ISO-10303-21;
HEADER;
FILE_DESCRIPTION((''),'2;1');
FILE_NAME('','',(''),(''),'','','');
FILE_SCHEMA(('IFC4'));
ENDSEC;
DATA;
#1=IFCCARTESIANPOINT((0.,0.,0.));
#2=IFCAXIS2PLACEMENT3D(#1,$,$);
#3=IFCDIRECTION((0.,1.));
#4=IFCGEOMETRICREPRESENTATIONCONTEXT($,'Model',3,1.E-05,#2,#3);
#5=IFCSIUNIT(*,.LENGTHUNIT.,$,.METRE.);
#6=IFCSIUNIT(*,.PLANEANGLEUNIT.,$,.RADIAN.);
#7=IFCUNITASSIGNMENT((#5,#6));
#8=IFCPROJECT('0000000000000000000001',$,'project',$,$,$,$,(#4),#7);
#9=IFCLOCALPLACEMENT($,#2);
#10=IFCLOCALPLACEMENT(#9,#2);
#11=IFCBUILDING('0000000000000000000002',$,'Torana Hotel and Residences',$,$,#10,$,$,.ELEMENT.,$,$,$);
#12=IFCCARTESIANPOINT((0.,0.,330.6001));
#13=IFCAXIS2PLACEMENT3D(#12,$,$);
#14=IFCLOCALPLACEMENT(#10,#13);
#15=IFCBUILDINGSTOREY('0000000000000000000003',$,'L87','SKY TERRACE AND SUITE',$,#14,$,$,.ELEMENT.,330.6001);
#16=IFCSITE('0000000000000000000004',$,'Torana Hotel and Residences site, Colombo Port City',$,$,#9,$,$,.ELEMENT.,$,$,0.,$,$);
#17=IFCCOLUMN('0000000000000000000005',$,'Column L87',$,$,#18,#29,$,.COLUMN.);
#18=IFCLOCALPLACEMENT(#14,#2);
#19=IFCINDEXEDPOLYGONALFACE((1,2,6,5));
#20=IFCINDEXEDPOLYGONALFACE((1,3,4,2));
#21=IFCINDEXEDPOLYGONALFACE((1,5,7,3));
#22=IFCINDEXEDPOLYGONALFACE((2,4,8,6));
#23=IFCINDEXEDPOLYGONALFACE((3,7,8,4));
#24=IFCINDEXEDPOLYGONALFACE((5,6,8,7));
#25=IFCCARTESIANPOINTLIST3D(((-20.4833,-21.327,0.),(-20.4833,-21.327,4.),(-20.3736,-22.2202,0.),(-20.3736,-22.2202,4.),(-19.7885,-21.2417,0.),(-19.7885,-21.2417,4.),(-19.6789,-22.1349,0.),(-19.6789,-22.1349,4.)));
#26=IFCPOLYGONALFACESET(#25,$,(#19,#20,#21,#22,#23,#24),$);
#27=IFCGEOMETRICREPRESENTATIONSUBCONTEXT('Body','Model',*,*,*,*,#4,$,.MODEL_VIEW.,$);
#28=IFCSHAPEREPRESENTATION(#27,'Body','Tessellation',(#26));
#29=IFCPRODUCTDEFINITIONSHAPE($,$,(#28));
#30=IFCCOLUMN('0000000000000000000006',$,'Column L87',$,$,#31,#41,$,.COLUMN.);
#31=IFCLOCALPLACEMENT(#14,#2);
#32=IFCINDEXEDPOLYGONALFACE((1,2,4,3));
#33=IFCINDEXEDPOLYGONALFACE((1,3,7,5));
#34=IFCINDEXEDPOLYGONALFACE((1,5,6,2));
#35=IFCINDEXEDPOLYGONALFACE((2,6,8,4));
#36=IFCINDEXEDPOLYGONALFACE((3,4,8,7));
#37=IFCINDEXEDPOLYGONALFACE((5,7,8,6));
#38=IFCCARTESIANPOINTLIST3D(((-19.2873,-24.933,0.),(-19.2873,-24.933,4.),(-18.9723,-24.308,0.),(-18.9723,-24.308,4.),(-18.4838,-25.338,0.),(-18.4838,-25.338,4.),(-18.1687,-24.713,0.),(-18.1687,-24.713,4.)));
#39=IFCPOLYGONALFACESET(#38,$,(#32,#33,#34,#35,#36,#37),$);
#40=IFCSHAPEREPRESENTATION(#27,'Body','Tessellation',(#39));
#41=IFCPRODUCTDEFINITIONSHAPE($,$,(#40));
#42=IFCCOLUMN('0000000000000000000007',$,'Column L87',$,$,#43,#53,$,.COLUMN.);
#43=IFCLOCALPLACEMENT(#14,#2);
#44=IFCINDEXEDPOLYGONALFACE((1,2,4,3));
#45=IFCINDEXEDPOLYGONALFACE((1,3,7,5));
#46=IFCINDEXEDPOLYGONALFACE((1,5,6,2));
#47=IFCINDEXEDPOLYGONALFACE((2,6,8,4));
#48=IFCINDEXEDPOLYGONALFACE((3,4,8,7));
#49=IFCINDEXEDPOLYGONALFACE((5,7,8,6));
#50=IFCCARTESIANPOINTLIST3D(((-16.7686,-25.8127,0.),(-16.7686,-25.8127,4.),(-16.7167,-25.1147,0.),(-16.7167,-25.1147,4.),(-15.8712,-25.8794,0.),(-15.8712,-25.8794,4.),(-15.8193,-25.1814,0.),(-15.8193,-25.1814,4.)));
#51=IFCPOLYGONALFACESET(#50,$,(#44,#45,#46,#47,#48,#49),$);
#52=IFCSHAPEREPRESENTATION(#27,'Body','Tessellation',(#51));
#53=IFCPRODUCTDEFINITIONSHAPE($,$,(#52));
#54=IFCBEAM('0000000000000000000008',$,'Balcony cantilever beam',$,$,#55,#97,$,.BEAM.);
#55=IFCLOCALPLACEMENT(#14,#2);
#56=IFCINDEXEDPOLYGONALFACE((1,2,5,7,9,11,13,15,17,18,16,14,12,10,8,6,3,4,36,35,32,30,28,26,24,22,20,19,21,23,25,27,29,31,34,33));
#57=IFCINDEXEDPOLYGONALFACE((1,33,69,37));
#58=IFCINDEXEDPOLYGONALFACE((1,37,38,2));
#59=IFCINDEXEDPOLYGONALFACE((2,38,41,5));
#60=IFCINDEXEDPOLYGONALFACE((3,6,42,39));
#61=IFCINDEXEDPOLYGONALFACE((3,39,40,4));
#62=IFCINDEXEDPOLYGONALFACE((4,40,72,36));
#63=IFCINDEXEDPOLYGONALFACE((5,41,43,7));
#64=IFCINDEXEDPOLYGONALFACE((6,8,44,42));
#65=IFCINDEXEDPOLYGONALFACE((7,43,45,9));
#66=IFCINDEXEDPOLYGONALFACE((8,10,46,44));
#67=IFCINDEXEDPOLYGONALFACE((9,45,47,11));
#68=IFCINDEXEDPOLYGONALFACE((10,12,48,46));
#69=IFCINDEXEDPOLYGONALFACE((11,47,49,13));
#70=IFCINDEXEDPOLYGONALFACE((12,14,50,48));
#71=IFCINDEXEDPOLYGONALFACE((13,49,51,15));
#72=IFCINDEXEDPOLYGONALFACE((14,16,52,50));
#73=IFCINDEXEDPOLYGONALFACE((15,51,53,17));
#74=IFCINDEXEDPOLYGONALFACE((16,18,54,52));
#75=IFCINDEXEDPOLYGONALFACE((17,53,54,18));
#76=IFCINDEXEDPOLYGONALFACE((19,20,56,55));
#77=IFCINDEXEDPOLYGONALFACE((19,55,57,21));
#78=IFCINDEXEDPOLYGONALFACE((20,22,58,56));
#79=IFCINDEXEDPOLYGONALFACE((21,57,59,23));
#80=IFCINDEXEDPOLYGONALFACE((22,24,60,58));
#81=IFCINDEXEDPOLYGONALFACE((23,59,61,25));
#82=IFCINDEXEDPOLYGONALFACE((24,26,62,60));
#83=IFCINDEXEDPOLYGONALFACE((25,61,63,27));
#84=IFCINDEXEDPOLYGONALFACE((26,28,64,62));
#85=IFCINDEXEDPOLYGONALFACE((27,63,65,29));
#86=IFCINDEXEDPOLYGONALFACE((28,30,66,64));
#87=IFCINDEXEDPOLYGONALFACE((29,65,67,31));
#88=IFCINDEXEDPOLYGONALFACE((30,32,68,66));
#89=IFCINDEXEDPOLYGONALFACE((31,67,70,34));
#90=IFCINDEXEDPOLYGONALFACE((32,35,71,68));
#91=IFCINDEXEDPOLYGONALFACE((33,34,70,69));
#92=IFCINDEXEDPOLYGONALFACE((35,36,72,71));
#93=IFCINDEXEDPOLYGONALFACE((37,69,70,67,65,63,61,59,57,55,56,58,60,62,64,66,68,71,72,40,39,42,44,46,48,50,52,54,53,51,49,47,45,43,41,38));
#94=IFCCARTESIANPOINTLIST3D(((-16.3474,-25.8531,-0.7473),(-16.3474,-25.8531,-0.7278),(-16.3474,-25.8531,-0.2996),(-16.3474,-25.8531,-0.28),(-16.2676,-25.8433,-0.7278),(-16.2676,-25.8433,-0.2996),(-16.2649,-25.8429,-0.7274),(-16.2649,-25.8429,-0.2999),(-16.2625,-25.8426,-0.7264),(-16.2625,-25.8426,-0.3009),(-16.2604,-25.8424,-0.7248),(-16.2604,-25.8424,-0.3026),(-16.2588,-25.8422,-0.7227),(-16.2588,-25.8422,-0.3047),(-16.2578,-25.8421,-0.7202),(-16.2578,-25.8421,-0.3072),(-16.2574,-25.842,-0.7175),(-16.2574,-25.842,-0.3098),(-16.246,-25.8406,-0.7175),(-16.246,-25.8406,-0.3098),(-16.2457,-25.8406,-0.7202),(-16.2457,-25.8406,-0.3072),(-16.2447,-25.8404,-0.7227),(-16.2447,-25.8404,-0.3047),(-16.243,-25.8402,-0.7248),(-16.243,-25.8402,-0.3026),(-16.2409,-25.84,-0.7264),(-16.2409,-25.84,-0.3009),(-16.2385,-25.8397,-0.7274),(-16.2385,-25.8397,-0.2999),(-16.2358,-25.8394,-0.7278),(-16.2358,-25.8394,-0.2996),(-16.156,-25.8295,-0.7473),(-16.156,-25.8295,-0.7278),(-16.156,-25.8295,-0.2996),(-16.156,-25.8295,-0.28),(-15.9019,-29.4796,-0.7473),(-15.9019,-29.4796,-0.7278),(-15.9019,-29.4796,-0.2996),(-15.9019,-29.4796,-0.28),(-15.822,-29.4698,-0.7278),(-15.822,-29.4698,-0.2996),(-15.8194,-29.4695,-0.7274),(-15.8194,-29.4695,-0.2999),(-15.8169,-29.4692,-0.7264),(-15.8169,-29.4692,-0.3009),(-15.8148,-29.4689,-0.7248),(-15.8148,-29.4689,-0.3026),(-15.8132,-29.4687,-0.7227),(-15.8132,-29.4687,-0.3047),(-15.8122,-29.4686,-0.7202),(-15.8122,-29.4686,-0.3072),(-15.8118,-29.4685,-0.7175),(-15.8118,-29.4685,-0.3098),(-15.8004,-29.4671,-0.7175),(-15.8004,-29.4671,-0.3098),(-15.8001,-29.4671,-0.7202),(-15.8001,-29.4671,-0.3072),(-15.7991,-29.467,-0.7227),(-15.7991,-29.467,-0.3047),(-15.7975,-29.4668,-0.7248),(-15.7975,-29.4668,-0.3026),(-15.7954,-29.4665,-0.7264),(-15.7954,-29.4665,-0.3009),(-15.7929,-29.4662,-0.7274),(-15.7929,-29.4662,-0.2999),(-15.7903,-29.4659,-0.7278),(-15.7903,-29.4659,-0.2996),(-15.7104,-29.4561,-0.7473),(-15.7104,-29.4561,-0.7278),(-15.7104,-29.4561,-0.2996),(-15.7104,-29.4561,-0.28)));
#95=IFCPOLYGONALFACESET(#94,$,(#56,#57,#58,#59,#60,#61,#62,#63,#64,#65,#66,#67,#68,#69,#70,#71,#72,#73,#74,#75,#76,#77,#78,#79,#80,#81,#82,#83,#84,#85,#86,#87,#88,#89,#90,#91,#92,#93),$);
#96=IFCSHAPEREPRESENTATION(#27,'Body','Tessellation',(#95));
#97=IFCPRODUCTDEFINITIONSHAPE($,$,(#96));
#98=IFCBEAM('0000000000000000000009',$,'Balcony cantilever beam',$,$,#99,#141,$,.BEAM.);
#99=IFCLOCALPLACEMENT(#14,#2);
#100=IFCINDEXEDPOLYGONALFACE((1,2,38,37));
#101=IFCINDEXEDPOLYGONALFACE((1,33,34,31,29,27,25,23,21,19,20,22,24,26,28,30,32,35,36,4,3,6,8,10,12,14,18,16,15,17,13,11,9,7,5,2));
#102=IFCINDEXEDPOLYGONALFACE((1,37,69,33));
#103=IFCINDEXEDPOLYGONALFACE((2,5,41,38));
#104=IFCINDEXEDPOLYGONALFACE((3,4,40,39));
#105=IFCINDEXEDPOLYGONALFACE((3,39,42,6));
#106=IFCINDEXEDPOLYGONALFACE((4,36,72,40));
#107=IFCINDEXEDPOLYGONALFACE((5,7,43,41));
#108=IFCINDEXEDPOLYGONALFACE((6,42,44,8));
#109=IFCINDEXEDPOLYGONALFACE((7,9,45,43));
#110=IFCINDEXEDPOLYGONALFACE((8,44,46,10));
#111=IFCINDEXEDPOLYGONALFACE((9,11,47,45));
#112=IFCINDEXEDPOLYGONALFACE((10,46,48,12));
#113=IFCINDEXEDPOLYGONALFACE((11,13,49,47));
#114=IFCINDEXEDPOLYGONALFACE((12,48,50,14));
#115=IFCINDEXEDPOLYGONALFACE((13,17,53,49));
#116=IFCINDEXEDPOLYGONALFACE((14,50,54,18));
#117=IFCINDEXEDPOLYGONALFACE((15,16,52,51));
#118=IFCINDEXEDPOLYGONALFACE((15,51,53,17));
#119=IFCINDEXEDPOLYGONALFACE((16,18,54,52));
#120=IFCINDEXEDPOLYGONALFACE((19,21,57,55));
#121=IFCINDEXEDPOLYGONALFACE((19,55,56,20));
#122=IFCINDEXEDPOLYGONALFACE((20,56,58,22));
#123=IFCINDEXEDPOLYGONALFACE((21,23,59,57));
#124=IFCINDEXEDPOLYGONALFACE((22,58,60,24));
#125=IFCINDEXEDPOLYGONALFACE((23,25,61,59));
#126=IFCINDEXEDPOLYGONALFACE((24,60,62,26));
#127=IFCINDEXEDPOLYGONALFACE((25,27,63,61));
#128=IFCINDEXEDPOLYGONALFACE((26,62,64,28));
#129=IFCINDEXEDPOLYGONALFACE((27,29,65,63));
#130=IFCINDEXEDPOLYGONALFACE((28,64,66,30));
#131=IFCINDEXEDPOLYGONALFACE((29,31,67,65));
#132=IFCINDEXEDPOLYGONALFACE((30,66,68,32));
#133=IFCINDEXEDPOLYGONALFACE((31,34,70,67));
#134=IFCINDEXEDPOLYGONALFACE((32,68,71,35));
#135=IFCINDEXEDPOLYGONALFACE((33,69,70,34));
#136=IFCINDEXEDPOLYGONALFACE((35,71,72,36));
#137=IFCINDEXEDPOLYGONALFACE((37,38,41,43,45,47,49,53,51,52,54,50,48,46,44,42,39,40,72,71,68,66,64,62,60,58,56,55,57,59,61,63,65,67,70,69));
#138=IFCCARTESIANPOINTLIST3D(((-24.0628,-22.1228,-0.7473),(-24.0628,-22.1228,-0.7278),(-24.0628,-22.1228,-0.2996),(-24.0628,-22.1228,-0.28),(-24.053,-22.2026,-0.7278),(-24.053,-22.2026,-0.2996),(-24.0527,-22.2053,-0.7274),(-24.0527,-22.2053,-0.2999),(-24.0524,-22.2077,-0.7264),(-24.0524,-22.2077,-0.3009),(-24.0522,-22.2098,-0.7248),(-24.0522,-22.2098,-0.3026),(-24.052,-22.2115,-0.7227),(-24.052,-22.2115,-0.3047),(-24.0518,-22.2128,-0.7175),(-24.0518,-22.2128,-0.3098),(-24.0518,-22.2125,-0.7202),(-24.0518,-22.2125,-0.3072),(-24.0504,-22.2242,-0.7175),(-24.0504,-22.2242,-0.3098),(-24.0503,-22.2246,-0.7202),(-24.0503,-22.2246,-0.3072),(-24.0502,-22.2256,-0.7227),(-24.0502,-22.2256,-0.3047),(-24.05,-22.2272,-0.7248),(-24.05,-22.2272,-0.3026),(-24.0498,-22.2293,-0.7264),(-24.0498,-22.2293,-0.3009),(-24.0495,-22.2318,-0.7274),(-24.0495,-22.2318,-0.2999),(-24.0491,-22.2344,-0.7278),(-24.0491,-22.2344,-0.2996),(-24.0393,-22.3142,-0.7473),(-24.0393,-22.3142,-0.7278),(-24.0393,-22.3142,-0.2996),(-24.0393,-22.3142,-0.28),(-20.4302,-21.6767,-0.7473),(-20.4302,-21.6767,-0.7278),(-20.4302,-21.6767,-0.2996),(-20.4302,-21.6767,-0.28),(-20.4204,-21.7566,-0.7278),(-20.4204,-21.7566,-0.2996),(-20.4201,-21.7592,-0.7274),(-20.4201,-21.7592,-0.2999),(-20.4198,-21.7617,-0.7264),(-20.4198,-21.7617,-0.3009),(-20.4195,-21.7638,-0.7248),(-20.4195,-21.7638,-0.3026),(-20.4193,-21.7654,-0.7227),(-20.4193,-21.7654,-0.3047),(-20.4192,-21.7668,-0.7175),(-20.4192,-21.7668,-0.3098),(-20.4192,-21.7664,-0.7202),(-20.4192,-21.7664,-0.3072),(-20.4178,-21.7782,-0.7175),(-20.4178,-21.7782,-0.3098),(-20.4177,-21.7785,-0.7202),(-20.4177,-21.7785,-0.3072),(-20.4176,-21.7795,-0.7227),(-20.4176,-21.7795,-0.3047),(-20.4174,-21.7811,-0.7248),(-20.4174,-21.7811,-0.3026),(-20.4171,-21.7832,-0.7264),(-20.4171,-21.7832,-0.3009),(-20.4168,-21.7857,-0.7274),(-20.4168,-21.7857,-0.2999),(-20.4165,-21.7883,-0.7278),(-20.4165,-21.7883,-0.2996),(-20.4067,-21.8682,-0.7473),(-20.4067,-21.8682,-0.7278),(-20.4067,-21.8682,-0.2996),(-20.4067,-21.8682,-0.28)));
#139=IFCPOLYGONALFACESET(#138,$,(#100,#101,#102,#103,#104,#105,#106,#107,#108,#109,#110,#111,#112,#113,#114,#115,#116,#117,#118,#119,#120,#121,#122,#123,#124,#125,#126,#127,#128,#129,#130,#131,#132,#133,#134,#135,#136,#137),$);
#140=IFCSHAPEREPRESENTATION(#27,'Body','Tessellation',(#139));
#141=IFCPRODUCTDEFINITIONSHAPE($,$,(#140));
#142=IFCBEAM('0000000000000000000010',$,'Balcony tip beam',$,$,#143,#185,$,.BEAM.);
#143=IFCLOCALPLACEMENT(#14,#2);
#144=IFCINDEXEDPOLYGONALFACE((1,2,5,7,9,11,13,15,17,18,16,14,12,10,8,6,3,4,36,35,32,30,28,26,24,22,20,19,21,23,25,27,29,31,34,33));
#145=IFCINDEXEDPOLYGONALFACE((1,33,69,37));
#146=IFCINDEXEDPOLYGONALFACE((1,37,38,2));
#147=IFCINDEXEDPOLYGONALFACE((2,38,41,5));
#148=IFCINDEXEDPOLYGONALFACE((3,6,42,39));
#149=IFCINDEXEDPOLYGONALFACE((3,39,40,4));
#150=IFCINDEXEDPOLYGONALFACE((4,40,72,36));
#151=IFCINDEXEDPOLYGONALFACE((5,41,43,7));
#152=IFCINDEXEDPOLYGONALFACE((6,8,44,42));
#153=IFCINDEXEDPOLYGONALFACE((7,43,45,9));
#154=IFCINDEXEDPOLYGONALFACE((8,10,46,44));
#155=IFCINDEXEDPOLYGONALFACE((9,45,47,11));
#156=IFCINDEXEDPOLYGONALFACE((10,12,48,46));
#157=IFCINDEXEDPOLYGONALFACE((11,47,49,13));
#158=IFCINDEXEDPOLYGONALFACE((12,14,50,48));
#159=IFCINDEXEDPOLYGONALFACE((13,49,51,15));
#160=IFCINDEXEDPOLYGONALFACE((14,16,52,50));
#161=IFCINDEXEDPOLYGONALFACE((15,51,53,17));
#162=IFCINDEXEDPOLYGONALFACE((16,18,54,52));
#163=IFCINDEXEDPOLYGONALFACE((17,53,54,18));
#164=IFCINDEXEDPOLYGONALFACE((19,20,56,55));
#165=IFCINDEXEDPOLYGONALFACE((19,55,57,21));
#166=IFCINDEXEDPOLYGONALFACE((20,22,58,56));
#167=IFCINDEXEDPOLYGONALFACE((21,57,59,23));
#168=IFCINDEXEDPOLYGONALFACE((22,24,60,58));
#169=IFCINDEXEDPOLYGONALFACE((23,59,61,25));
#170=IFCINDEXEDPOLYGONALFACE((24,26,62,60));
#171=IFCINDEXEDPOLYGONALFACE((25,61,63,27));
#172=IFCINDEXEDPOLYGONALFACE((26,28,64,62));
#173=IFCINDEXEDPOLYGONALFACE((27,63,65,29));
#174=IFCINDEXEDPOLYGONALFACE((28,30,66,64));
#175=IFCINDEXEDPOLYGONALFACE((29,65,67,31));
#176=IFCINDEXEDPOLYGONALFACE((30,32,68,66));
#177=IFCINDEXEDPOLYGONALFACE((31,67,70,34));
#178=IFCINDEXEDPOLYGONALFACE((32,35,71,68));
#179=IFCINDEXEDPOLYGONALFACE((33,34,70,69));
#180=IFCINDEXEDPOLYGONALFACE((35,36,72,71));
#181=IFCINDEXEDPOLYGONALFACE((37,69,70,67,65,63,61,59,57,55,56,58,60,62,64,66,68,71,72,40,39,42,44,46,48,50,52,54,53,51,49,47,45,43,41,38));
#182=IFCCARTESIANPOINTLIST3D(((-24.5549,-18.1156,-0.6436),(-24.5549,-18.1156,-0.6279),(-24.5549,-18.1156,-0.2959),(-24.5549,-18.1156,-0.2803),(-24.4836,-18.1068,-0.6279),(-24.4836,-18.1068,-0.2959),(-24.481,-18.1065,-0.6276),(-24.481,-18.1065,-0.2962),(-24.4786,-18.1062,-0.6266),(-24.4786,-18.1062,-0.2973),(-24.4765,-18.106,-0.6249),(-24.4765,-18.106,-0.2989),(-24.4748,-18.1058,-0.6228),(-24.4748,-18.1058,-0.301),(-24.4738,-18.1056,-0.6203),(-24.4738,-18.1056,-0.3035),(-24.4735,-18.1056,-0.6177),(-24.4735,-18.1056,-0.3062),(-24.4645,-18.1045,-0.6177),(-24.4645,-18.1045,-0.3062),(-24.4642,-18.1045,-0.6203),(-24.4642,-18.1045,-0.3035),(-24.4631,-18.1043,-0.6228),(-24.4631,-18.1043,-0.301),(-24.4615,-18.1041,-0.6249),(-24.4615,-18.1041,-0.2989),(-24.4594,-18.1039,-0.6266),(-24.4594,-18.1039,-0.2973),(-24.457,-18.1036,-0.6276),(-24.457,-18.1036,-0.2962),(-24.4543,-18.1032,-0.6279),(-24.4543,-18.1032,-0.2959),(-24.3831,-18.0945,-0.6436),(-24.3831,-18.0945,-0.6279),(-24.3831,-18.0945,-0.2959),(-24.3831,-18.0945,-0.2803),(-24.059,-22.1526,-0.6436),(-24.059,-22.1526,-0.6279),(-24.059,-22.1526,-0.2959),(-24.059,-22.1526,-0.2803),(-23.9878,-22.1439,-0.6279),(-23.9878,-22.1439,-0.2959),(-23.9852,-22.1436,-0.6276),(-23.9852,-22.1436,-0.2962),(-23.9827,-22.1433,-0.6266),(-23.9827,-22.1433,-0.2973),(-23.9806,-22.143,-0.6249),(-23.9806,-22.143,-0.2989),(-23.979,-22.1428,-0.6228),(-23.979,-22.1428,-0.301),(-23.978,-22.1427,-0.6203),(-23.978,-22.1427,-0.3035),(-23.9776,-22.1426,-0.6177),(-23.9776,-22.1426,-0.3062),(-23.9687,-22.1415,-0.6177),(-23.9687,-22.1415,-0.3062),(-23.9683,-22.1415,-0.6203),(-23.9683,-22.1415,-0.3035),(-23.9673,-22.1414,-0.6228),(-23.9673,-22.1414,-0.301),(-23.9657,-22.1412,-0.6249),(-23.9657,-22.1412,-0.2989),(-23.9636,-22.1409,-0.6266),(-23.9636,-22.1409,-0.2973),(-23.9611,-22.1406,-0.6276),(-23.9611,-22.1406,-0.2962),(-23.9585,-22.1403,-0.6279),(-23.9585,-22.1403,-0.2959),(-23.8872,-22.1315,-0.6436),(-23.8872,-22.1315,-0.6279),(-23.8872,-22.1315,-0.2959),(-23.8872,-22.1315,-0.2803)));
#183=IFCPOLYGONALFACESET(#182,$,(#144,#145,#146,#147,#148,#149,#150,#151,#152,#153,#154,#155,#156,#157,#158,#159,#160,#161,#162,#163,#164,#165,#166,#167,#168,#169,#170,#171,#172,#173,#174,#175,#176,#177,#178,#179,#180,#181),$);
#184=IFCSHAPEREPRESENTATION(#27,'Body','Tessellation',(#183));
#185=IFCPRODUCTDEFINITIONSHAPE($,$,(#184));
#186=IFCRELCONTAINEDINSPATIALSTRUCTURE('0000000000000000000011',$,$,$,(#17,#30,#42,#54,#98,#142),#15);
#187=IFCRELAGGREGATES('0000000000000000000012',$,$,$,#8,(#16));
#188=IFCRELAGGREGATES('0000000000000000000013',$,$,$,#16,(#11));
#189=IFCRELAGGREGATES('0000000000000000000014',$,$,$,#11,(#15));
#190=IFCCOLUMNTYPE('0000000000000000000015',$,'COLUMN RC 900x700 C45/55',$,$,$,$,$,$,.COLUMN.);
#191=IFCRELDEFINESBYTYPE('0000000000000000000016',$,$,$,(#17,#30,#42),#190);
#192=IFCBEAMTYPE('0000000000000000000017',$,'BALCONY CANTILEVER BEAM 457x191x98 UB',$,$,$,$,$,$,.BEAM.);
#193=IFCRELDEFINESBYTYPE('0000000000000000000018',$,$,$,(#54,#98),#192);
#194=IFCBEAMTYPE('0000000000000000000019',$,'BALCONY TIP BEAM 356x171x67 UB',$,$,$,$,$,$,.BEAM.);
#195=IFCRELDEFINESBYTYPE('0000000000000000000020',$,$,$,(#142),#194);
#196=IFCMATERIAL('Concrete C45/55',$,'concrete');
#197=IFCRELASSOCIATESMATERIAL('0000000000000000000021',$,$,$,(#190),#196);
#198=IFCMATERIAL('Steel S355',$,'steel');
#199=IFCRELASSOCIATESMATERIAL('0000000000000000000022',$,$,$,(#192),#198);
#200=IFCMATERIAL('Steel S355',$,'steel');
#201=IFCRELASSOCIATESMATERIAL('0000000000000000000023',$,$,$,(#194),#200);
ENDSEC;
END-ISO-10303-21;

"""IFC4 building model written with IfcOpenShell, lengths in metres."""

from ifc_helpers import new_model, si_unit, direction, frame, origin, origin_2d, place, context, subcontext, project, spatial, rectangle, i_section, extrude, material, material_profile, profile_set, type_object, element, save


model = new_model("IFC4")

# Units and contexts
model_context = context("Model", 3, precision=1e-05, world=origin(), true_north=direction((0.0, 1.0)))
body_context = subcontext(model_context, "Body", "Model", "MODEL_VIEW")
ifc_project = project(units=[si_unit("LENGTHUNIT", "METRE"), si_unit("PLANEANGLEUNIT", "RADIAN")], contexts=[model_context])

# Site, building, storey
site_placement = place(None, origin())
site = spatial("IfcSite", under=ifc_project, at=site_placement, Name="Torana Hotel and Residences site, Colombo Port City", CompositionType="ELEMENT", RefElevation=0.0)
building_placement = place(site_placement, origin())
building = spatial("IfcBuilding", under=site, at=building_placement, Name="Torana Hotel and Residences", CompositionType="ELEMENT")
storey_placement = place(building_placement, frame((0.0, 0.0, 330.6001)))
storey = spatial("IfcBuildingStorey", under=building, at=storey_placement, Name="L87", Description="SKY TERRACE AND SUITE", CompositionType="ELEMENT", Elevation=330.6001)

# Columns
ifc_material_1 = material(Name="Concrete C45/55", Category="concrete")
ifc_material_profile_1 = material_profile(ifc_material_1, rectangle(XDim=0.8999, YDim=0.7, at=origin_2d()), Name="RC 900x700")
ifc_profile_set_1 = profile_set([ifc_material_profile_1], Name="Concrete C45/55")
column_type = type_object("IfcColumnType", Name="COLUMN RC 900x700 C45/55", PredefinedType="COLUMN", material=ifc_profile_set_1)
for number, where, z_axis, x_axis, name in (
    (1, (-20.0811, -21.731, 0.0), (0.0, 0.0, 1.0), (-0.121869, 0.992546, 0.0), "Column L87"),
    (2, (-18.728, -24.823, 0.0), (0.0, 0.0, 1.0), (-0.892979, 0.450098, 0.0), "Column L87"),
    (3, (-16.2939, -25.4971, 0.0), (0.0, 0.0, 1.0), (-0.997251, 0.074091, 0.0), "Column L87"),
):
    element("IfcColumn", number, at=place(storey_placement, frame(where, z_axis=z_axis, x_axis=x_axis)), inside=storey, type_object=column_type, Name=name, PredefinedType="COLUMN", context=body_context, shape_type="SweptSolid", body=[
        extrude(rectangle(XDim=0.8999, YDim=0.7, at=origin_2d()), origin(), (0.0, 0.0, 1.0), 4.0),
    ])

# Beams
ifc_material_2 = material(Name="Steel S355", Category="steel")
ifc_material_profile_2 = material_profile(ifc_material_2, i_section(OverallWidth=0.1929, OverallDepth=0.4673, WebThickness=0.0115, FlangeThickness=0.0195, FilletRadius=0.0103, at=origin_2d()), Name="457x191x98 UB")
ifc_profile_set_2 = profile_set([ifc_material_profile_2], Name="Steel S355")
beam_type_1 = type_object("IfcBeamType", Name="BALCONY CANTILEVER BEAM 457x191x98 UB", PredefinedType="BEAM", material=ifc_profile_set_2)
beam_1_placement = place(storey_placement, frame((-16.2517, -25.8413, -0.5137), z_axis=(0.121946, -0.992537, 0.0), x_axis=(0.992537, 0.121946, 0.0)))
element("IfcBeam", 4, at=beam_1_placement, inside=storey, type_object=beam_type_1, Name="Balcony cantilever beam", PredefinedType="BEAM", context=body_context, shape_type="SweptSolid", body=[
    extrude(i_section(OverallWidth=0.1929, OverallDepth=0.4673, WebThickness=0.0115, FlangeThickness=0.0195, FilletRadius=0.0103, at=origin_2d()), origin(), (0.0, 0.0, 1.0), 3.6538),
])
beam_2_placement = place(storey_placement, frame((-20.4185, -21.7725, -0.5137), z_axis=(-0.992545, -0.121875, 0.0), x_axis=(0.121875, -0.992545, 0.0)))
element("IfcBeam", 5, at=beam_2_placement, inside=storey, type_object=beam_type_1, Name="Balcony cantilever beam", PredefinedType="BEAM", context=body_context, shape_type="SweptSolid", body=[
    extrude(i_section(OverallWidth=0.1929, OverallDepth=0.4673, WebThickness=0.0115, FlangeThickness=0.0195, FilletRadius=0.0103, at=origin_2d()), origin(), (0.0, 0.0, 1.0), 3.6599),
])
ifc_material_3 = material(Name="Steel S355", Category="steel")
ifc_material_profile_3 = material_profile(ifc_material_3, i_section(OverallWidth=0.1731, OverallDepth=0.3633, WebThickness=0.009, FlangeThickness=0.0156, FilletRadius=0.0103, at=origin_2d()), Name="356x171x67 UB")
ifc_profile_set_3 = profile_set([ifc_material_profile_3], Name="Steel S355")
beam_type_2 = type_object("IfcBeamType", Name="BALCONY TIP BEAM 356x171x67 UB", PredefinedType="BEAM", material=ifc_profile_set_3)
beam_3_placement = place(storey_placement, frame((-23.9731, -22.1421, -0.4619), z_axis=(-0.121907, 0.992542, 0.0), x_axis=(-0.992542, -0.121907, 0.0)))
element("IfcBeam", 6, at=beam_3_placement, inside=storey, type_object=beam_type_2, Name="Balcony tip beam", PredefinedType="BEAM", context=body_context, shape_type="SweptSolid", body=[
    extrude(i_section(OverallWidth=0.1731, OverallDepth=0.3633, WebThickness=0.009, FlangeThickness=0.0156, FilletRadius=0.0103, at=origin_2d()), origin(), (0.0, 0.0, 1.0), 4.0674),
])

save(model, "model.ifc")
